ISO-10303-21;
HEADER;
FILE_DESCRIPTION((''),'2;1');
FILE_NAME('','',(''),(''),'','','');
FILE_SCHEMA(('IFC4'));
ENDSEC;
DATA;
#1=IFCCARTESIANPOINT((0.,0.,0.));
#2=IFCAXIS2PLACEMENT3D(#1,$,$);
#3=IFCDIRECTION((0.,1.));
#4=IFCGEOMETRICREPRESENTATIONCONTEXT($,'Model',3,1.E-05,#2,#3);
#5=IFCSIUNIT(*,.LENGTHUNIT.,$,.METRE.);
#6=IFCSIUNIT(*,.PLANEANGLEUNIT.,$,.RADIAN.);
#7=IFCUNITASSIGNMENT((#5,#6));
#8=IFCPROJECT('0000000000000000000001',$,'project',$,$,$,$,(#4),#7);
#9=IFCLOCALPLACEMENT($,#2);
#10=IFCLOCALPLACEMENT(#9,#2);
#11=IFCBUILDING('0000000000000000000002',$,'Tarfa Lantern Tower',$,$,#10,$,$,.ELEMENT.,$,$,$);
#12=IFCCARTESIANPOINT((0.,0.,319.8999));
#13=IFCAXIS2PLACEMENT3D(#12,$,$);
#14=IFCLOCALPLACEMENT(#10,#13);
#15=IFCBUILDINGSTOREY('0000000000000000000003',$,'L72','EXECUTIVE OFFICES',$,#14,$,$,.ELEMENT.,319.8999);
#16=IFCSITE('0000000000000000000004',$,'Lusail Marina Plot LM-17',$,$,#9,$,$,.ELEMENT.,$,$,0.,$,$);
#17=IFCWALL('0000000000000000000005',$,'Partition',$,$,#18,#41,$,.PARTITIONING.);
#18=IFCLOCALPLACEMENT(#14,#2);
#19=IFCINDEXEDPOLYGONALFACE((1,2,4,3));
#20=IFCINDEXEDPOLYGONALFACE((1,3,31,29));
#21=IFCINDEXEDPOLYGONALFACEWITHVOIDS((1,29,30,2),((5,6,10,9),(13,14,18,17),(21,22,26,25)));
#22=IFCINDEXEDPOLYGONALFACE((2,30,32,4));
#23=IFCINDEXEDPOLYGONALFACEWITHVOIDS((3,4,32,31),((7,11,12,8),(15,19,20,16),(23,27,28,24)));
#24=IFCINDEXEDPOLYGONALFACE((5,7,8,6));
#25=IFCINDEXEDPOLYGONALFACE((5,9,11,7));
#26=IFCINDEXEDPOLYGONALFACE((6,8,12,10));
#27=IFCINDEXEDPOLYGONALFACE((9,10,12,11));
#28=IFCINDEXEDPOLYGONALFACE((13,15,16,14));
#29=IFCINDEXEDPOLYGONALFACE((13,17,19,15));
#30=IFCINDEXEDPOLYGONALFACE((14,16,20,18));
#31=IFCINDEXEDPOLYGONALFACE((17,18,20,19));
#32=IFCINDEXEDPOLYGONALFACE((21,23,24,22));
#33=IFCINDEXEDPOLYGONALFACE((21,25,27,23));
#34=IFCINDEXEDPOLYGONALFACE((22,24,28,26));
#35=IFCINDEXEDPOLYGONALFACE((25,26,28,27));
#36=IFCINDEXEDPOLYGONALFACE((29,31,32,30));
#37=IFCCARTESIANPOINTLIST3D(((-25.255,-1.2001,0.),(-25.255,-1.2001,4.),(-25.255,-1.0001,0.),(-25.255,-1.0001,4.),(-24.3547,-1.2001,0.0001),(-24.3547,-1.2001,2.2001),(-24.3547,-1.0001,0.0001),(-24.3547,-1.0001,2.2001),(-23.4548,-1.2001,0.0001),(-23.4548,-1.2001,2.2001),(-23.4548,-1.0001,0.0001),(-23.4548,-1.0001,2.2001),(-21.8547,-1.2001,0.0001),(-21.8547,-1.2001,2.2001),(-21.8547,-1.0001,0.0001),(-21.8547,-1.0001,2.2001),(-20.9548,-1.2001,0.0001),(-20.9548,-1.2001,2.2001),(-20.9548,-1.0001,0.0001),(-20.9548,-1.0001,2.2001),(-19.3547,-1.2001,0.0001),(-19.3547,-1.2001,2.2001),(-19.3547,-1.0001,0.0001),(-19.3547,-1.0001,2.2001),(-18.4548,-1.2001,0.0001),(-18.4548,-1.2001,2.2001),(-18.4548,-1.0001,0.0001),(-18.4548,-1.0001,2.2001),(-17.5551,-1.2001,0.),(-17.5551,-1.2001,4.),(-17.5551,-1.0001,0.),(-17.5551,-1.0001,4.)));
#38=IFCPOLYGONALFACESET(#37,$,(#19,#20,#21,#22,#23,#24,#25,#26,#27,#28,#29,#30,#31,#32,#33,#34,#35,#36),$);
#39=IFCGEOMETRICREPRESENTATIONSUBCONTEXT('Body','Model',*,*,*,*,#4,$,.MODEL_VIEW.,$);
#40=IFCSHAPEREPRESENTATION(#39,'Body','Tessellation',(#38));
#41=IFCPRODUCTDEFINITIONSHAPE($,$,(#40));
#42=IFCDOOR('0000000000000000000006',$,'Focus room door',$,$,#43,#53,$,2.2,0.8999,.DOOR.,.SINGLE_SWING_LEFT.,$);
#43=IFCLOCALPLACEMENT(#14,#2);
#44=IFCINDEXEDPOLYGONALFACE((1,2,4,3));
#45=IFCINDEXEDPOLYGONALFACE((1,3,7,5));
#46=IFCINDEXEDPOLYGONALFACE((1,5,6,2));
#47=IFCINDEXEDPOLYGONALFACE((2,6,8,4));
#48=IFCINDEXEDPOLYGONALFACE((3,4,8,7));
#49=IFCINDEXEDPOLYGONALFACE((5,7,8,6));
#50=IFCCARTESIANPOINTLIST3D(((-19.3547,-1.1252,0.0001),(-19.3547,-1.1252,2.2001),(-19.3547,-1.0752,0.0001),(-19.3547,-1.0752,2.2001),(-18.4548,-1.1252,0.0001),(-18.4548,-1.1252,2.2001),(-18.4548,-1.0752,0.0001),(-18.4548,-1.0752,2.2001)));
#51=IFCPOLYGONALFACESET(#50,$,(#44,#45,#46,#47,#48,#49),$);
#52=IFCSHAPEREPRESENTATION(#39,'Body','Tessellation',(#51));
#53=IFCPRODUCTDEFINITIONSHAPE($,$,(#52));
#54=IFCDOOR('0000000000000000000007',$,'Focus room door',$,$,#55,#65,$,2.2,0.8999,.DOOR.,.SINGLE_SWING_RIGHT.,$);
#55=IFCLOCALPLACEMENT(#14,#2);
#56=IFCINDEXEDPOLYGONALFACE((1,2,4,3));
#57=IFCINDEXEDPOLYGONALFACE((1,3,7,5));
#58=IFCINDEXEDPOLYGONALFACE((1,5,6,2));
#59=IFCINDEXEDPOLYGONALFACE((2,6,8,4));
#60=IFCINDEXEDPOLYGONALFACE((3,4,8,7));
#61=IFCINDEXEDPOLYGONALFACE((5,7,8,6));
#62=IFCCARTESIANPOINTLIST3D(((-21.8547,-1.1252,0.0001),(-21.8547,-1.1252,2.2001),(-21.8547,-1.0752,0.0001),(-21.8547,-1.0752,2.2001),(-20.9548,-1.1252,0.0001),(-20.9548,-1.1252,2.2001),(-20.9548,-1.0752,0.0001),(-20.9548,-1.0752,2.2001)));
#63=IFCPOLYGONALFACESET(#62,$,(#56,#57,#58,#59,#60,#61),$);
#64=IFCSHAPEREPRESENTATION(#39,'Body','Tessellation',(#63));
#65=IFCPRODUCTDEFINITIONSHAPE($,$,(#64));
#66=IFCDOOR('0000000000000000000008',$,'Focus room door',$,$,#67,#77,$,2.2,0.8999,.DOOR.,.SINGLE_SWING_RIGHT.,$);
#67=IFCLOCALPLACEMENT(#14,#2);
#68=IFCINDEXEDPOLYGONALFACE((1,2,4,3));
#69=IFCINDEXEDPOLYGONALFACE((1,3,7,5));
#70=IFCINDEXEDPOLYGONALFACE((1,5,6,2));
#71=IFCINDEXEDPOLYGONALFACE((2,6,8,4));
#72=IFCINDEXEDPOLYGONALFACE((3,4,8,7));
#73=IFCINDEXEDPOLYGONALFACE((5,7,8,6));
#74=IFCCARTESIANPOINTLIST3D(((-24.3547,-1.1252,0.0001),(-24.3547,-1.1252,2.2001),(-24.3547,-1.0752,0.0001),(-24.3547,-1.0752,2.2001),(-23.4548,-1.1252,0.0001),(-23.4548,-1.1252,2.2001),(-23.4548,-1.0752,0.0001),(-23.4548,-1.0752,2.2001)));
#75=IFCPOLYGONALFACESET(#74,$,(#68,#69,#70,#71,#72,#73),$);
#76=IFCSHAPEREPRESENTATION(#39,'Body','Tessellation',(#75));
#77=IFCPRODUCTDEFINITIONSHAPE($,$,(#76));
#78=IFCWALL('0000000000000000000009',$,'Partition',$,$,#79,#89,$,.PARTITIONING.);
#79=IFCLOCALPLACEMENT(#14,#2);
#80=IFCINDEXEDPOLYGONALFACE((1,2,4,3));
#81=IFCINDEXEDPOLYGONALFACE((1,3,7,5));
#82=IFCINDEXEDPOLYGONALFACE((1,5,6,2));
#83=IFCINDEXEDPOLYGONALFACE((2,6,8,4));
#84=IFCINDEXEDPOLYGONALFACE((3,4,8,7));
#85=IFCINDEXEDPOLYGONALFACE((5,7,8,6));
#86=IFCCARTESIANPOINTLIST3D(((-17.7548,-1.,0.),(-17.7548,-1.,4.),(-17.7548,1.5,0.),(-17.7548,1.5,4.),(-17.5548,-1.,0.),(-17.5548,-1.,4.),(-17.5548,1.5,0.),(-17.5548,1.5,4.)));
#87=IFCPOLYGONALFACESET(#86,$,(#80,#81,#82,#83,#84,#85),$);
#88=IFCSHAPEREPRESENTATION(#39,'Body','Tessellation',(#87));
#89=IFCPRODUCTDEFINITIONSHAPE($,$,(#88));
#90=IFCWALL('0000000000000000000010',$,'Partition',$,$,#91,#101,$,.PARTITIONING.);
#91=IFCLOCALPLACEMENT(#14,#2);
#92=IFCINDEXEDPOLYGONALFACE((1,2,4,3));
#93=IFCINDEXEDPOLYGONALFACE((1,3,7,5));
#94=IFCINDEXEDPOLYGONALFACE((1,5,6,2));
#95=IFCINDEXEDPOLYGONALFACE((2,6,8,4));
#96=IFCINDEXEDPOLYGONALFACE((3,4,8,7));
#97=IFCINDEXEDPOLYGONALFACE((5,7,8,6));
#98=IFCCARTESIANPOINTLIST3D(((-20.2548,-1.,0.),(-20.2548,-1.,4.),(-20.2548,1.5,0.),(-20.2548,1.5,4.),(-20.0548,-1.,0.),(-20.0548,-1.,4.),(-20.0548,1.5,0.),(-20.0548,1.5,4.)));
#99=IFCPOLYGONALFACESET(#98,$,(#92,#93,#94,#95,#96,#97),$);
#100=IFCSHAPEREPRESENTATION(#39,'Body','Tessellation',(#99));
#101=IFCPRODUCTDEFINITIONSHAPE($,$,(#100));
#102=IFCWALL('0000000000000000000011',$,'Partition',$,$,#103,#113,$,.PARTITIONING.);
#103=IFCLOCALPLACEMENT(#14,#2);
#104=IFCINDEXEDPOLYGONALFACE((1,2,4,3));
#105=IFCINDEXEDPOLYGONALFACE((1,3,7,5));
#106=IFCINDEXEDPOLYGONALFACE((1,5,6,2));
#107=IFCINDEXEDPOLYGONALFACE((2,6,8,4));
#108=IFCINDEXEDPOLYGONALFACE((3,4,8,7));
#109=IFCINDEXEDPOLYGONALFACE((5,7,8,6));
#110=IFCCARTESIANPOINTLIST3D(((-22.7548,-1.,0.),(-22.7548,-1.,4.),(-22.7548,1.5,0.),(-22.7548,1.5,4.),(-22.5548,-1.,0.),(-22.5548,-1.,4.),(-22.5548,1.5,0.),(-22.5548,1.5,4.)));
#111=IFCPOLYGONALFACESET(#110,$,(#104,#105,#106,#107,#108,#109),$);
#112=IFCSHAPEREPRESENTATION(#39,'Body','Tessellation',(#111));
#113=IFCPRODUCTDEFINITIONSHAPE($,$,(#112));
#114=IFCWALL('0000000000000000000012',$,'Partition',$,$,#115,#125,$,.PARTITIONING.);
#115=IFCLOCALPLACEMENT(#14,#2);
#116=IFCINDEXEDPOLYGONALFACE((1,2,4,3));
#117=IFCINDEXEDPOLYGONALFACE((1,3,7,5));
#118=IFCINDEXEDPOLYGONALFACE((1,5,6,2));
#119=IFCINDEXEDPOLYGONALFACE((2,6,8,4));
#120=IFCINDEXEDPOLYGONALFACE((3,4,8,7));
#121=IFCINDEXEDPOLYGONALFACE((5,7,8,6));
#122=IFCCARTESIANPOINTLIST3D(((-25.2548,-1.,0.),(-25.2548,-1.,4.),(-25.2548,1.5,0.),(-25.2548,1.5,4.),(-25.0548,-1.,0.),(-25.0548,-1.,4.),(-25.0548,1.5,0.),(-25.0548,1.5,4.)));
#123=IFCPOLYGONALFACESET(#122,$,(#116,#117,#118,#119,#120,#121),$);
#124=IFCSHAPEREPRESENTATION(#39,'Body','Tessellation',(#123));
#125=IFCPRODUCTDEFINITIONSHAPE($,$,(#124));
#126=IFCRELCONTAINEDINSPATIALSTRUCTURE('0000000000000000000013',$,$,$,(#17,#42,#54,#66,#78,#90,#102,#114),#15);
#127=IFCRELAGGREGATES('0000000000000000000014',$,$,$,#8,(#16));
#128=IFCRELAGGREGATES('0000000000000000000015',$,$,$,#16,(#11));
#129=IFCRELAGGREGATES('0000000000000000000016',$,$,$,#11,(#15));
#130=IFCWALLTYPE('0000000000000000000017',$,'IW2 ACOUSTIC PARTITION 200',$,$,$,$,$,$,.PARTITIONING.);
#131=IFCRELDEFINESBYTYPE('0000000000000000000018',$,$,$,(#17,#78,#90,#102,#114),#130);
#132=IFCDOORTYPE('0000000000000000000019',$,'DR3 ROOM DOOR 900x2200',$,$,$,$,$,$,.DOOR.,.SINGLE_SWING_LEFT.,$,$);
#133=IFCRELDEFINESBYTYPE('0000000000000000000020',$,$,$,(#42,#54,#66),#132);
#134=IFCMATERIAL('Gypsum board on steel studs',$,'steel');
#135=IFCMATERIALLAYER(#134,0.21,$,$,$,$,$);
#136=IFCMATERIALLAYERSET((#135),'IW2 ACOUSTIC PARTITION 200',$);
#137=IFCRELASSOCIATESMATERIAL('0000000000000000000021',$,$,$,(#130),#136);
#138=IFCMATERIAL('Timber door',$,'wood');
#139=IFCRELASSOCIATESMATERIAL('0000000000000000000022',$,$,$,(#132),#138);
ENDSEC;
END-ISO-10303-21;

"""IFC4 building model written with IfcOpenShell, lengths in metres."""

from ifc_helpers import new_model, si_unit, direction, frame, frame_2d, origin, place, context, subcontext, project, spatial, rectangle, extrude, material, layer, layer_set, type_object, element, fill, save


model = new_model("IFC4")

# Units and contexts
model_context = context("Model", 3, precision=1e-05, world=origin(), true_north=direction((0.0, 1.0)))
body_context = subcontext(model_context, "Body", "Model", "MODEL_VIEW")
ifc_project = project(units=[si_unit("LENGTHUNIT", "METRE"), si_unit("PLANEANGLEUNIT", "RADIAN")], contexts=[model_context])

# Site, building, storey
site_placement = place(None, origin())
site = spatial("IfcSite", under=ifc_project, at=site_placement, Name="Lusail Marina Plot LM-17", CompositionType="ELEMENT", RefElevation=0.0)
building_placement = place(site_placement, origin())
building = spatial("IfcBuilding", under=site, at=building_placement, Name="Tarfa Lantern Tower", CompositionType="ELEMENT")
storey_placement = place(building_placement, frame((0.0, 0.0, 319.8999)))
storey = spatial("IfcBuildingStorey", under=building, at=storey_placement, Name="L72", Description="EXECUTIVE OFFICES", CompositionType="ELEMENT", Elevation=319.8999)

# Shared definitions
ifc_material_1 = material(Name="Gypsum board on steel studs", Category="steel")
ifc_layer_1 = layer(ifc_material_1, 0.21)
ifc_layer_set_1 = layer_set([ifc_layer_1], Name="IW2 ACOUSTIC PARTITION 200")
wall_type_1 = type_object("IfcWallType", Name="IW2 ACOUSTIC PARTITION 200", PredefinedType="PARTITIONING", material=ifc_layer_set_1)
ifc_material_2 = material(Name="Timber door", Category="wood")

# Wall, openings, doors
wall_1_placement = place(storey_placement, frame((-17.5549, -1.1001, 0.0), z_axis=(0.0, 0.0, 1.0), x_axis=(-1.0, 0.0, 0.0)))
wall_1 = element("IfcWall", 1, at=wall_1_placement, inside=storey, type_object=wall_type_1, Name="Partition", PredefinedType="PARTITIONING", context=body_context, shape_type="SweptSolid", body=[
    extrude(rectangle(XDim=7.7, YDim=0.2, at=frame_2d((3.8501, 0.0))), origin(), (0.0, 0.0, 1.0), 4.0),
])
opening_1_placement = place(wall_1_placement, frame((0.8999, 0.0, 0.0)))
opening_1 = element("IfcOpeningElement", 2, at=opening_1_placement, cuts=wall_1, PredefinedType="OPENING", context=body_context, shape_type="SweptSolid", body=[
    extrude(rectangle(XDim=0.8999, YDim=2.2, at=frame_2d((0.45, 1.1001))), frame((0.0, 0.1099, 0.0), z_axis=(0.0, -1.0, 0.0), x_axis=(1.0, 0.0, 0.0)), (0.0, 0.0, 1.0), 0.22),
])
opening_2_placement = place(wall_1_placement, frame((3.3999, 0.0, 0.0)))
opening_2 = element("IfcOpeningElement", 3, at=opening_2_placement, cuts=wall_1, PredefinedType="OPENING", context=body_context, shape_type="SweptSolid", body=[
    extrude(rectangle(XDim=0.8999, YDim=2.2, at=frame_2d((0.45, 1.1001))), frame((0.0, 0.1099, 0.0), z_axis=(0.0, -1.0, 0.0), x_axis=(1.0, 0.0, 0.0)), (0.0, 0.0, 1.0), 0.22),
])
opening_3_placement = place(wall_1_placement, frame((5.8999, 0.0, 0.0)))
opening_3 = element("IfcOpeningElement", 4, at=opening_3_placement, cuts=wall_1, PredefinedType="OPENING", context=body_context, shape_type="SweptSolid", body=[
    extrude(rectangle(XDim=0.8999, YDim=2.2, at=frame_2d((0.45, 1.1001))), frame((0.0, 0.1099, 0.0), z_axis=(0.0, -1.0, 0.0), x_axis=(1.0, 0.0, 0.0)), (0.0, 0.0, 1.0), 0.22),
])
door_type_1 = type_object("IfcDoorType", Name="DR3 ROOM DOOR 900x2200", OperationType="SINGLE_SWING_LEFT", PredefinedType="DOOR", material=ifc_material_2)
door_1_placement = place(opening_1_placement, frame((0.8999, 0.0, 0.0), z_axis=(0.0, 0.0, 1.0), x_axis=(-1.0, 0.0, 0.0)))
door_1 = element("IfcDoor", 5, at=door_1_placement, inside=storey, type_object=door_type_1, Name="Focus room door", OperationType="SINGLE_SWING_LEFT", OverallHeight=2.2, OverallWidth=0.8999, PredefinedType="DOOR", context=body_context, shape_type="SweptSolid", body=[
    extrude(rectangle(XDim=0.8999, YDim=2.2, at=frame_2d((0.45, 1.1001))), frame((0.0, 0.0249, 0.0), z_axis=(0.0, -1.0, 0.0), x_axis=(1.0, 0.0, 0.0)), (0.0, 0.0, 1.0), 0.05),
])
fill(opening_1, door_1)
door_2_placement = place(opening_2_placement, frame((0.8999, 0.0, 0.0), z_axis=(0.0, 0.0, 1.0), x_axis=(-1.0, 0.0, 0.0)))
door_2 = element("IfcDoor", 6, at=door_2_placement, inside=storey, type_object=door_type_1, Name="Focus room door", OperationType="SINGLE_SWING_RIGHT", OverallHeight=2.2, OverallWidth=0.8999, PredefinedType="DOOR", context=body_context, shape_type="SweptSolid", body=[
    extrude(rectangle(XDim=0.8999, YDim=2.2, at=frame_2d((0.45, 1.1001))), frame((0.0, 0.0249, 0.0), z_axis=(0.0, -1.0, 0.0), x_axis=(1.0, 0.0, 0.0)), (0.0, 0.0, 1.0), 0.05),
])
fill(opening_2, door_2)
door_3_placement = place(opening_3_placement, frame((0.8999, 0.0, 0.0), z_axis=(0.0, 0.0, 1.0), x_axis=(-1.0, 0.0, 0.0)))
door_3 = element("IfcDoor", 7, at=door_3_placement, inside=storey, type_object=door_type_1, Name="Focus room door", OperationType="SINGLE_SWING_RIGHT", OverallHeight=2.2, OverallWidth=0.8999, PredefinedType="DOOR", context=body_context, shape_type="SweptSolid", body=[
    extrude(rectangle(XDim=0.8999, YDim=2.2, at=frame_2d((0.45, 1.1001))), frame((0.0, 0.0249, 0.0), z_axis=(0.0, -1.0, 0.0), x_axis=(1.0, 0.0, 0.0)), (0.0, 0.0, 1.0), 0.05),
])
fill(opening_3, door_3)

# Walls
for number, where, z_axis, x_axis, name in (
    (8, (-17.6548, 1.5, 0.0), (0.0, 0.0, 1.0), (0.0, -1.0, 0.0), "Partition"),
    (9, (-20.1548, 1.5, 0.0), (0.0, 0.0, 1.0), (0.0, -1.0, 0.0), "Partition"),
    (10, (-22.6548, 1.5, 0.0), (0.0, 0.0, 1.0), (0.0, -1.0, 0.0), "Partition"),
    (11, (-25.1548, 1.5, 0.0), (0.0, 0.0, 1.0), (0.0, -1.0, 0.0), "Partition"),
):
    element("IfcWall", number, at=place(storey_placement, frame(where, z_axis=z_axis, x_axis=x_axis)), inside=storey, type_object=wall_type_1, Name=name, PredefinedType="PARTITIONING", context=body_context, shape_type="SweptSolid", body=[
        extrude(rectangle(XDim=2.5, YDim=0.2, at=frame_2d((1.25, 0.0))), origin(), (0.0, 0.0, 1.0), 4.0),
    ])

save(model, "model.ifc")
